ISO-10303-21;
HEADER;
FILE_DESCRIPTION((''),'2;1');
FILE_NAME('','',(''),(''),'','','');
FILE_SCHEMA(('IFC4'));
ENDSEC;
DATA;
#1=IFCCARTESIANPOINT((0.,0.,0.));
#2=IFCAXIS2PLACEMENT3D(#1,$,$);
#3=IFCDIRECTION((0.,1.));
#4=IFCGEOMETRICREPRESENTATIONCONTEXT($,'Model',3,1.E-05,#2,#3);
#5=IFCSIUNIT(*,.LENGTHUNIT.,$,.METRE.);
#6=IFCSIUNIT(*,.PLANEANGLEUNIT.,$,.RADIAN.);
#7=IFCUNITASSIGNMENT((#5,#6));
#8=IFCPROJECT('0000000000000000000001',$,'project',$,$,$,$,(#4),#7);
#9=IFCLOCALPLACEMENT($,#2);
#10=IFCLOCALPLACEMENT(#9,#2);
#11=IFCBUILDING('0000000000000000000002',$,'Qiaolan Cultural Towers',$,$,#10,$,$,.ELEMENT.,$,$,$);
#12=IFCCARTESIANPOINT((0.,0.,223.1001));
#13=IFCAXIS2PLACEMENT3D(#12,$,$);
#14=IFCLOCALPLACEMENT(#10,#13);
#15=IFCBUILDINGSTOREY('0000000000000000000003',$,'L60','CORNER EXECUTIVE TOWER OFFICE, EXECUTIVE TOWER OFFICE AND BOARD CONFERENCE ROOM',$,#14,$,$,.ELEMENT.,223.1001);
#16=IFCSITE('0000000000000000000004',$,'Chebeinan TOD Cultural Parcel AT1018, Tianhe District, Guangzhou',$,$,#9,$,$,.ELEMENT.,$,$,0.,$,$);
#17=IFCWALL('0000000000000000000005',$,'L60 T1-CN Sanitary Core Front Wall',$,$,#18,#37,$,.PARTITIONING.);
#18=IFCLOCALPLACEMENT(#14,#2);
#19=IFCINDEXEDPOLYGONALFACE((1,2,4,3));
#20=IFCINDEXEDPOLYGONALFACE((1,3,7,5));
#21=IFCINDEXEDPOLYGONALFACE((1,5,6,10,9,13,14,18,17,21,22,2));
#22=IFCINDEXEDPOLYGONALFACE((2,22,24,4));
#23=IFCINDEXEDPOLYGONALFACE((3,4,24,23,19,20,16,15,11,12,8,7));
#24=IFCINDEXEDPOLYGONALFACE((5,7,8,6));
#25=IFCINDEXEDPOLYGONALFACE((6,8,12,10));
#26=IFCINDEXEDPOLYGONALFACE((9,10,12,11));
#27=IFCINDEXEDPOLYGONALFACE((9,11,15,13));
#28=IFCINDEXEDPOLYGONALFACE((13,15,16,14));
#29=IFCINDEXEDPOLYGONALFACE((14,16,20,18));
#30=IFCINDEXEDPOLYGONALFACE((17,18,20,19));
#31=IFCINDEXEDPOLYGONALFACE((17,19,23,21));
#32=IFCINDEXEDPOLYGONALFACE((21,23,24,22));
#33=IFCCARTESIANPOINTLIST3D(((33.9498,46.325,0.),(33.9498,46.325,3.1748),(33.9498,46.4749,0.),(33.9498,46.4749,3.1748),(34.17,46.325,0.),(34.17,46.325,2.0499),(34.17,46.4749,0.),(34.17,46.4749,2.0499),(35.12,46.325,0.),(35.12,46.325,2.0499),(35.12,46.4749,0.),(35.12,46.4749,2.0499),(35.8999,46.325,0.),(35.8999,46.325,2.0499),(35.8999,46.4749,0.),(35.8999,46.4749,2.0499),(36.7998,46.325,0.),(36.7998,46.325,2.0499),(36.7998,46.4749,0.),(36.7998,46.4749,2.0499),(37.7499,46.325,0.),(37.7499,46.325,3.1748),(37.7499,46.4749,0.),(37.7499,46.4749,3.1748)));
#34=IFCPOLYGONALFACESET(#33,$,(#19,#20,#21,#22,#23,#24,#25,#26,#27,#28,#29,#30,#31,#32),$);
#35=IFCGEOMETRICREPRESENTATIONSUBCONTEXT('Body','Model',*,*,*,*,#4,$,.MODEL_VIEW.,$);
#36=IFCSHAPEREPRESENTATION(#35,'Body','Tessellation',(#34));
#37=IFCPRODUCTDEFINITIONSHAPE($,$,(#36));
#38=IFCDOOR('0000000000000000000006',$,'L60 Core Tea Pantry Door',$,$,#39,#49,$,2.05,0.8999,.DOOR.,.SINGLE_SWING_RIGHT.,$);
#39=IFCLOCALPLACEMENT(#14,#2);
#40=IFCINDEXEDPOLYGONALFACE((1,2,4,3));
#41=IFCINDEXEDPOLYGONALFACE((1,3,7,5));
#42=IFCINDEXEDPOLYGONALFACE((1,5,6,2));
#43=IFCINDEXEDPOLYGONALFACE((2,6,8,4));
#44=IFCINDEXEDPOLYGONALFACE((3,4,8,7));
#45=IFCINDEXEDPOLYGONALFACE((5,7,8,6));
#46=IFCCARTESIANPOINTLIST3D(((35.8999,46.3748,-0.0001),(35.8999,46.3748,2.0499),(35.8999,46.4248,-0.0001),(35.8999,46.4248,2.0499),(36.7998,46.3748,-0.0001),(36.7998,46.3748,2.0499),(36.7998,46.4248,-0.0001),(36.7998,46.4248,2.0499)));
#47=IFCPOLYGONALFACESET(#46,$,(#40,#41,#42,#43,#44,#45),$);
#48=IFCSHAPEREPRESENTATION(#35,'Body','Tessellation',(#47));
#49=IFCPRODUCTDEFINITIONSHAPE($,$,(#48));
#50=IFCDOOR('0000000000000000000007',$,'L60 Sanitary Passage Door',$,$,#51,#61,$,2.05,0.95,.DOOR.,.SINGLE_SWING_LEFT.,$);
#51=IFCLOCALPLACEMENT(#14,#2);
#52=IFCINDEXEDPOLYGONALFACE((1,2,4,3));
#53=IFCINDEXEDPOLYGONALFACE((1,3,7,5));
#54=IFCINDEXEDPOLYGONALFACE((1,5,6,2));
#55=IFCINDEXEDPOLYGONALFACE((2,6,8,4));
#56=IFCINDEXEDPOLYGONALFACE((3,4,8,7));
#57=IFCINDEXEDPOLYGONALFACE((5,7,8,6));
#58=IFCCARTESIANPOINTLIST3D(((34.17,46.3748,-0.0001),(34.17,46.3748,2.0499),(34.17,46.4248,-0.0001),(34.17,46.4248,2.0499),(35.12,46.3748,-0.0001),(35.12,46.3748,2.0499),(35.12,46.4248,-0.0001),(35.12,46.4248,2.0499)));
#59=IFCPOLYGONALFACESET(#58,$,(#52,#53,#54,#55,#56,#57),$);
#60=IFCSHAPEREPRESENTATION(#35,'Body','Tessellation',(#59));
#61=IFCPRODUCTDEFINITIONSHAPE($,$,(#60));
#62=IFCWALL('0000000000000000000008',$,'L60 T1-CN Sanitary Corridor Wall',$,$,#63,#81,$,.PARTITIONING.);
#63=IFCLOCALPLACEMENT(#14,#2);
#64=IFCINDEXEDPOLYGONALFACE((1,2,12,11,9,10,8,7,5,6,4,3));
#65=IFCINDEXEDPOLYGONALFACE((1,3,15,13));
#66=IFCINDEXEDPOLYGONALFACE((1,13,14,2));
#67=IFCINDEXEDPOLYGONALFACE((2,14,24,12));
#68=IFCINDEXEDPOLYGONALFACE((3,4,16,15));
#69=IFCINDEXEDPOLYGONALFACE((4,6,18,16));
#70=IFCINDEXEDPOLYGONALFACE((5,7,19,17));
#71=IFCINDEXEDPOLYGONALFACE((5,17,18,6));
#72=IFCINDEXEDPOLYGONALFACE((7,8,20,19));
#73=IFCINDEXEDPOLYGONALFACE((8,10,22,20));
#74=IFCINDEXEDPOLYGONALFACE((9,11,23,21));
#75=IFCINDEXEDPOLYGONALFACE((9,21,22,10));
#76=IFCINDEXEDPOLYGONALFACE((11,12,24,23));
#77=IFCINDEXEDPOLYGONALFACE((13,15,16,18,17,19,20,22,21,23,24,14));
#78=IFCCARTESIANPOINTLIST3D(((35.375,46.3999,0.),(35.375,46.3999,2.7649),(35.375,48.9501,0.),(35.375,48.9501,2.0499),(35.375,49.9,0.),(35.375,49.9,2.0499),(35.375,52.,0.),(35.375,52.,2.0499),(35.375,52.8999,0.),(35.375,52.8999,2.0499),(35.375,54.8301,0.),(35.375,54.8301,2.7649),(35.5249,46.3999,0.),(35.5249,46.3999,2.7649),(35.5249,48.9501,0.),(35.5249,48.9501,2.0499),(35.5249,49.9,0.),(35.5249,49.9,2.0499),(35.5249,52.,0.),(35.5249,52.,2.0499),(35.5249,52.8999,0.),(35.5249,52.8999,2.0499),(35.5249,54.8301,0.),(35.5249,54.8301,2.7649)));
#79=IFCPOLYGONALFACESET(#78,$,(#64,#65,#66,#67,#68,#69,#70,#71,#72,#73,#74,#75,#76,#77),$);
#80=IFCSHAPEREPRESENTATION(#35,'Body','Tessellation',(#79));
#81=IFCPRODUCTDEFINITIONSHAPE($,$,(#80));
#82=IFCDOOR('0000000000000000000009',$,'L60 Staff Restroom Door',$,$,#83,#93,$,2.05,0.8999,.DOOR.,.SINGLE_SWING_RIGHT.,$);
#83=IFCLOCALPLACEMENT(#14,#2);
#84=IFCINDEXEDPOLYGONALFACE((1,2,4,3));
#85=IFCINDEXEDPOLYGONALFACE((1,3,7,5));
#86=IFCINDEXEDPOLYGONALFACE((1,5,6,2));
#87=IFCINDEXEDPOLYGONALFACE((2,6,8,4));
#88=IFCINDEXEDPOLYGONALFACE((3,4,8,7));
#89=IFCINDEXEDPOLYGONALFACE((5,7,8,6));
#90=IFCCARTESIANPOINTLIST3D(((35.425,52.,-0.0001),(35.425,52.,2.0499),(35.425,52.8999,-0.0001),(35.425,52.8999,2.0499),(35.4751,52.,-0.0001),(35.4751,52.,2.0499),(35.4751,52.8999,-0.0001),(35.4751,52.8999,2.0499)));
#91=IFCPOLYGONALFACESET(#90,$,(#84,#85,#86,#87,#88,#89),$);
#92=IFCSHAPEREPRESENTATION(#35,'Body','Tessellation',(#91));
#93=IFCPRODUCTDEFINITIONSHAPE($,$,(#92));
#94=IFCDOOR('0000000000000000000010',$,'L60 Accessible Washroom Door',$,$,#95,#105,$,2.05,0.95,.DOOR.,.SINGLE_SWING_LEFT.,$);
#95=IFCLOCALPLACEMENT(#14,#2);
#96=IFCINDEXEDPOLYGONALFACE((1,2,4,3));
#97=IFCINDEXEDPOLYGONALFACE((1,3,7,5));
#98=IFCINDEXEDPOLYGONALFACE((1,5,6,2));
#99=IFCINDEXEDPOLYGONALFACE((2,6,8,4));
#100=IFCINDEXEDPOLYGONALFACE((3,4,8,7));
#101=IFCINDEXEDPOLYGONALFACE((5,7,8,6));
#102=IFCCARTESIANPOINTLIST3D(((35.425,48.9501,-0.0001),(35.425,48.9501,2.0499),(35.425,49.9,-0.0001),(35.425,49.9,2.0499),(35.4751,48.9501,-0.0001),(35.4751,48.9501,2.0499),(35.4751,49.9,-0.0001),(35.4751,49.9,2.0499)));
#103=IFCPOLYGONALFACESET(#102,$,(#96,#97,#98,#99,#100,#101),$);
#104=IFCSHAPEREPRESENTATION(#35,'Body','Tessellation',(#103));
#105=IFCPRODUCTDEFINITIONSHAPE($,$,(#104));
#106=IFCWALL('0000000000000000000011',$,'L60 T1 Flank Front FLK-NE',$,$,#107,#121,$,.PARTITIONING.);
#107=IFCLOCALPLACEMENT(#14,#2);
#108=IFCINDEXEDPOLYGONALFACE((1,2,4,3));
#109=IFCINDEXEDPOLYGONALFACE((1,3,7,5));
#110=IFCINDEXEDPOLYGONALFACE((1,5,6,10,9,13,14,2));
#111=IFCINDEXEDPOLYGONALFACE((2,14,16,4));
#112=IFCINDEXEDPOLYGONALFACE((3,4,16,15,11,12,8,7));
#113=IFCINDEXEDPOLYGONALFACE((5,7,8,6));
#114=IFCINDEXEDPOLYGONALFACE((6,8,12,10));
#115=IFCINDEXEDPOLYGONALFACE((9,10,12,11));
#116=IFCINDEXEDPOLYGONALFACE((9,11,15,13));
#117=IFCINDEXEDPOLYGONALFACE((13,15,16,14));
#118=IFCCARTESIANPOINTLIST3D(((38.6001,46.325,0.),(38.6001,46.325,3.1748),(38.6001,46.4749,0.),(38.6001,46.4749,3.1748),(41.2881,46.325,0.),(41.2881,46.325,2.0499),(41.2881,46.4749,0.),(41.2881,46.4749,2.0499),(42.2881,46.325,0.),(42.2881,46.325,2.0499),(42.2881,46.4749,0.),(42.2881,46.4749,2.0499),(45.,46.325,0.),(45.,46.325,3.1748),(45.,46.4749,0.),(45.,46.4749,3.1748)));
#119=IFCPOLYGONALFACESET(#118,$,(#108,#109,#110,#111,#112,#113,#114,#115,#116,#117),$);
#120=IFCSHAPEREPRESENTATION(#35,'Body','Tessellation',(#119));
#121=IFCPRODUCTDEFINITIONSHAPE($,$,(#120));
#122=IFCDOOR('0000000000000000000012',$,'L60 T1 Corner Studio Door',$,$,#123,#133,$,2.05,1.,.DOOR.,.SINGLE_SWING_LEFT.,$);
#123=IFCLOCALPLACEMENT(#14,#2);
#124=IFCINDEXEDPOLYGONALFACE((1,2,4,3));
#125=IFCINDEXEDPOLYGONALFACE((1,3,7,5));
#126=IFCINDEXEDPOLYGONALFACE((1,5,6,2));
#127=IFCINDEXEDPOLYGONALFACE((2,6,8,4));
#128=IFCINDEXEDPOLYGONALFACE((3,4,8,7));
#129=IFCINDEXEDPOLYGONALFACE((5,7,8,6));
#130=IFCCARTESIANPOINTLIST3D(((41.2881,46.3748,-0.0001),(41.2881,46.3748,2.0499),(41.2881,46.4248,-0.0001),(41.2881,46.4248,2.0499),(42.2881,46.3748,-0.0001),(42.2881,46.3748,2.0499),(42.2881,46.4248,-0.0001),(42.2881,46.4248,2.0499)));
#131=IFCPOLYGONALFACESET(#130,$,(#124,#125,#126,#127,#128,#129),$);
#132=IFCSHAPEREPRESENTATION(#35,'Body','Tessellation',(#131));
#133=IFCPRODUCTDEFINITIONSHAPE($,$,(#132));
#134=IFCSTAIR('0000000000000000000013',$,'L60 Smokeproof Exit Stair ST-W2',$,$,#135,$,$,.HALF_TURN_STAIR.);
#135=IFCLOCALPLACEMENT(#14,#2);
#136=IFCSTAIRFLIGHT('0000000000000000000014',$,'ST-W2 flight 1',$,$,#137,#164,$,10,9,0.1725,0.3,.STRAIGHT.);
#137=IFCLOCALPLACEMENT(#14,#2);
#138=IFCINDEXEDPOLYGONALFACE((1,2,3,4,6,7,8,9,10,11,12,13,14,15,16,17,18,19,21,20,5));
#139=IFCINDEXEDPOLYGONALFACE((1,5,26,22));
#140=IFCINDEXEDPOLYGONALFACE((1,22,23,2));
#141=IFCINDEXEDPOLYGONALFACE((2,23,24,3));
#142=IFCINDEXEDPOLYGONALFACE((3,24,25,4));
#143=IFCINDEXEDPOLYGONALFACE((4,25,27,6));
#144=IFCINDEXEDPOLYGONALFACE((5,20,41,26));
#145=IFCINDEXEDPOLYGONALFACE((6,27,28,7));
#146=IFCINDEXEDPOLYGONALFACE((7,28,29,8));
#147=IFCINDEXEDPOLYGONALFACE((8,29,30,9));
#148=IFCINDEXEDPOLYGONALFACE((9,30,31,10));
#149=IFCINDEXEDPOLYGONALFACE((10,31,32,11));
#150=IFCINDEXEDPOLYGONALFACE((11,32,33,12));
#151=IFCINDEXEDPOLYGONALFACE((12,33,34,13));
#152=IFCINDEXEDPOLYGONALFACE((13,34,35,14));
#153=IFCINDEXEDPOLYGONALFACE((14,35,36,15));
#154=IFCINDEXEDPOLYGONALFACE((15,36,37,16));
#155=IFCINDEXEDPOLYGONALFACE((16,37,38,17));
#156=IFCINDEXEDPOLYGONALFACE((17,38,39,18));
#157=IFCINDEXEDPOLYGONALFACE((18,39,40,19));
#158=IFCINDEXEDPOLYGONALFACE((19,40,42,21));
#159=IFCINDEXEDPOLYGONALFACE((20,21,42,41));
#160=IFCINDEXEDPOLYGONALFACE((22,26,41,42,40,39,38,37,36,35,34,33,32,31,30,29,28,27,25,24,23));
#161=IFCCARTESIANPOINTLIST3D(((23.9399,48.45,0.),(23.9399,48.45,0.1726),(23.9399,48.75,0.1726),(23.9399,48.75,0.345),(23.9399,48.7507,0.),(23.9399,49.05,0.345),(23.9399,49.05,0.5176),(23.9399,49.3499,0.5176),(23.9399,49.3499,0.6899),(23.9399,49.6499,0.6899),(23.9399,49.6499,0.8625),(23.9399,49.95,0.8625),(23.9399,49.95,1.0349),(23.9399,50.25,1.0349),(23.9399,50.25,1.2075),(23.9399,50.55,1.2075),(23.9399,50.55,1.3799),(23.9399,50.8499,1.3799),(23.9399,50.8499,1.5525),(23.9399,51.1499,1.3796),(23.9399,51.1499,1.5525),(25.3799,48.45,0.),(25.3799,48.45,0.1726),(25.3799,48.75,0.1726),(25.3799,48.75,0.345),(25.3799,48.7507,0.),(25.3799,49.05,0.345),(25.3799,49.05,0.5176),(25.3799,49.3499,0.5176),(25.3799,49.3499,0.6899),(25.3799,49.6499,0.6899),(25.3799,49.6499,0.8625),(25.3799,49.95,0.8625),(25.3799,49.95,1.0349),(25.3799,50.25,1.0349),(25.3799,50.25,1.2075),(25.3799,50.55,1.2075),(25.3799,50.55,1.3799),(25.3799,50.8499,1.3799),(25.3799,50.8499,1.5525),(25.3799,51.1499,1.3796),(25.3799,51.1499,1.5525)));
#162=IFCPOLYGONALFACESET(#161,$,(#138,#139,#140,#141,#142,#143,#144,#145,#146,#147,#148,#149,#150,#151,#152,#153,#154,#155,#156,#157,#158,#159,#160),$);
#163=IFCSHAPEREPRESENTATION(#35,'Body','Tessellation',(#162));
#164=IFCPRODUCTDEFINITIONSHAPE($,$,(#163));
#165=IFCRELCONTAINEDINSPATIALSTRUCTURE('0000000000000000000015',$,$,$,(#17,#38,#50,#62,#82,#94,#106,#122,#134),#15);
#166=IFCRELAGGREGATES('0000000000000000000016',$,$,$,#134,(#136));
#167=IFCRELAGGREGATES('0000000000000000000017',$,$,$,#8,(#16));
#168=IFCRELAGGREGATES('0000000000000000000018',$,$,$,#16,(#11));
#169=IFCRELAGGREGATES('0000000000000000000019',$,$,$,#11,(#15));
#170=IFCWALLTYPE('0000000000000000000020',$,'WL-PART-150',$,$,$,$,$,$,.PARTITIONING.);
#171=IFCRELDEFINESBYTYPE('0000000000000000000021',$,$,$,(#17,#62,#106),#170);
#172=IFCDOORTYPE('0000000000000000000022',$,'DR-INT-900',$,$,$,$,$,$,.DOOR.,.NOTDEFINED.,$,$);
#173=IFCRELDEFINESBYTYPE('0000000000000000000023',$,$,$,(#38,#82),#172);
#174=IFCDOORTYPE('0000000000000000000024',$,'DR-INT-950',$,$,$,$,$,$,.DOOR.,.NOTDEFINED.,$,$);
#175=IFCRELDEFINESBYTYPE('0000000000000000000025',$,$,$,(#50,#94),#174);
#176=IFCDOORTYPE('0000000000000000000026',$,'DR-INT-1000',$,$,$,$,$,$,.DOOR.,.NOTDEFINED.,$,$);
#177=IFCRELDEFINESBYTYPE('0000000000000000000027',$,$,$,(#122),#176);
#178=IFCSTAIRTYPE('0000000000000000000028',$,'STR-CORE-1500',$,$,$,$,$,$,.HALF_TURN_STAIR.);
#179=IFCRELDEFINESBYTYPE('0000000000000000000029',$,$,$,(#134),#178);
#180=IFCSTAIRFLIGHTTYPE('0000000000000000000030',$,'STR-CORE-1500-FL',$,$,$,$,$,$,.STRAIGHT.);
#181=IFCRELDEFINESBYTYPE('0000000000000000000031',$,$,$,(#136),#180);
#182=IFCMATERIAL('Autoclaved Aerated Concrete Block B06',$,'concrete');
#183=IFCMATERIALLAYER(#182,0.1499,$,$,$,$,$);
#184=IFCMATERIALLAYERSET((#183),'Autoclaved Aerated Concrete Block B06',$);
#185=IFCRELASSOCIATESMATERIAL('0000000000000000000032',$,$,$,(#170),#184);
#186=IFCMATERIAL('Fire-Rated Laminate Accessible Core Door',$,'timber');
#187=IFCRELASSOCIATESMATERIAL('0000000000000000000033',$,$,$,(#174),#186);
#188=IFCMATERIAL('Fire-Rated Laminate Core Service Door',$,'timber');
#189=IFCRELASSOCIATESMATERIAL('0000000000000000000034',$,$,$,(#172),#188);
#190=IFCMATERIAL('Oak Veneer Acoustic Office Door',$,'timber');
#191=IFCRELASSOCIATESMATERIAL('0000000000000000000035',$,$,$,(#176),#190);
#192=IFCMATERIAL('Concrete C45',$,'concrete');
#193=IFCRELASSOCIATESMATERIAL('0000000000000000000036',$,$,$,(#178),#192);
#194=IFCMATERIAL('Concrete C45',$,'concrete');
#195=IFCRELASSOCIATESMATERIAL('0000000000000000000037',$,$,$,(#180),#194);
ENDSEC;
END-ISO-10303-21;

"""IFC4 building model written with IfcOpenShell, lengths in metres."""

from ifc_helpers import new_model, si_unit, direction, frame, frame_2d, origin, place, context, subcontext, project, spatial, polyline, rectangle, outline, extrude, material, layer, layer_set, type_object, element, fill, aggregate, save


model = new_model("IFC4")

# Units and contexts
model_context = context("Model", 3, precision=1e-05, world=origin(), true_north=direction((0.0, 1.0)))
body_context = subcontext(model_context, "Body", "Model", "MODEL_VIEW")
ifc_project = project(units=[si_unit("LENGTHUNIT", "METRE"), si_unit("PLANEANGLEUNIT", "RADIAN")], contexts=[model_context])

# Site, building, storey
site_placement = place(None, origin())
site = spatial("IfcSite", under=ifc_project, at=site_placement, Name="Chebeinan TOD Cultural Parcel AT1018, Tianhe District, Guangzhou", CompositionType="ELEMENT", RefElevation=0.0)
building_placement = place(site_placement, origin())
building = spatial("IfcBuilding", under=site, at=building_placement, Name="Qiaolan Cultural Towers", CompositionType="ELEMENT")
storey_placement = place(building_placement, frame((0.0, 0.0, 223.1001)))
storey = spatial("IfcBuildingStorey", under=building, at=storey_placement, Name="L60", Description="CORNER EXECUTIVE TOWER OFFICE, EXECUTIVE TOWER OFFICE AND BOARD CONFERENCE ROOM", CompositionType="ELEMENT", Elevation=223.1001)

# Walls, openings, doors
ifc_material_1 = material(Name="Autoclaved Aerated Concrete Block B06", Category="concrete")
ifc_layer_1 = layer(ifc_material_1, 0.1499)
ifc_layer_set_1 = layer_set([ifc_layer_1], Name="Autoclaved Aerated Concrete Block B06")
wall_type_1 = type_object("IfcWallType", Name="WL-PART-150", PredefinedType="PARTITIONING", material=ifc_layer_set_1)
ifc_material_2 = material(Name="Fire-Rated Laminate Accessible Core Door", Category="timber")
door_type_1 = type_object("IfcDoorType", Name="DR-INT-950", OperationType="NOTDEFINED", PredefinedType="DOOR", material=ifc_material_2)
wall_1_placement = place(storey_placement, frame((33.95, 46.3999, 0.0), z_axis=(0.0, 0.0, 1.0), x_axis=(1.0, 0.0, 0.0)))
wall_1 = element("IfcWall", 1, at=wall_1_placement, inside=storey, type_object=wall_type_1, Name="L60 T1-CN Sanitary Core Front Wall", PredefinedType="PARTITIONING", context=body_context, shape_type="SweptSolid", body=[
    extrude(rectangle(XDim=3.8, YDim=0.1499, at=frame_2d((1.8999, 0.0))), origin(), (0.0, 0.0, 1.0), 3.1748),
])
opening_1_placement = place(wall_1_placement, frame((0.22, 0.0, 0.0)))
opening_1 = element("IfcOpeningElement", 2, at=opening_1_placement, cuts=wall_1, PredefinedType="OPENING", context=body_context, shape_type="SweptSolid", body=[
    extrude(rectangle(XDim=0.95, YDim=2.05, at=frame_2d((0.4751, 1.0249))), frame((0.0, 0.085, 0.0), z_axis=(0.0, -1.0, 0.0), x_axis=(1.0, 0.0, 0.0)), (0.0, 0.0, 1.0), 0.1699),
])
opening_2_placement = place(wall_1_placement, frame((1.95, 0.0, 0.0)))
opening_2 = element("IfcOpeningElement", 3, at=opening_2_placement, cuts=wall_1, PredefinedType="OPENING", context=body_context, shape_type="SweptSolid", body=[
    extrude(rectangle(XDim=0.8999, YDim=2.05, at=frame_2d((0.45, 1.0249))), frame((0.0, 0.085, 0.0), z_axis=(0.0, -1.0, 0.0), x_axis=(1.0, 0.0, 0.0)), (0.0, 0.0, 1.0), 0.1699),
])
ifc_material_3 = material(Name="Fire-Rated Laminate Core Service Door", Category="timber")
door_type_2 = type_object("IfcDoorType", Name="DR-INT-900", OperationType="NOTDEFINED", PredefinedType="DOOR", material=ifc_material_3)
door_1_placement = place(opening_2_placement, origin())
door_1 = element("IfcDoor", 4, at=door_1_placement, inside=storey, type_object=door_type_2, Name="L60 Core Tea Pantry Door", OperationType="SINGLE_SWING_RIGHT", OverallHeight=2.05, OverallWidth=0.8999, PredefinedType="DOOR", context=body_context, shape_type="SweptSolid", body=[
    extrude(rectangle(XDim=0.8999, YDim=2.05, at=frame_2d((0.45, 1.0249))), frame((0.0, 0.0249, 0.0), z_axis=(0.0, -1.0, 0.0), x_axis=(1.0, 0.0, 0.0)), (0.0, 0.0, 1.0), 0.05),
])
fill(opening_2, door_1)
door_2_placement = place(opening_1_placement, origin())
door_2 = element("IfcDoor", 5, at=door_2_placement, inside=storey, type_object=door_type_1, Name="L60 Sanitary Passage Door", OperationType="SINGLE_SWING_LEFT", OverallHeight=2.05, OverallWidth=0.95, PredefinedType="DOOR", context=body_context, shape_type="SweptSolid", body=[
    extrude(rectangle(XDim=0.95, YDim=2.05, at=frame_2d((0.4751, 1.0249))), frame((0.0, 0.0249, 0.0), z_axis=(0.0, -1.0, 0.0), x_axis=(1.0, 0.0, 0.0)), (0.0, 0.0, 1.0), 0.05),
])
fill(opening_1, door_2)
wall_2_placement = place(storey_placement, frame((35.45, 46.3999, 0.0), z_axis=(0.0, 0.0, 1.0), x_axis=(0.0, 1.0, 0.0)))
wall_2 = element("IfcWall", 6, at=wall_2_placement, inside=storey, type_object=wall_type_1, Name="L60 T1-CN Sanitary Corridor Wall", PredefinedType="PARTITIONING", context=body_context, shape_type="SweptSolid", body=[
    extrude(rectangle(XDim=8.4302, YDim=0.1499, at=frame_2d((4.2151, 0.0))), origin(), (0.0, 0.0, 1.0), 2.7649),
])
opening_3_placement = place(wall_2_placement, frame((2.55, 0.0, 0.0)))
opening_3 = element("IfcOpeningElement", 7, at=opening_3_placement, cuts=wall_2, PredefinedType="OPENING", context=body_context, shape_type="SweptSolid", body=[
    extrude(rectangle(XDim=0.95, YDim=2.05, at=frame_2d((0.4751, 1.0249))), frame((0.0, 0.085, 0.0), z_axis=(0.0, -1.0, 0.0), x_axis=(1.0, 0.0, 0.0)), (0.0, 0.0, 1.0), 0.1699),
])
opening_4_placement = place(wall_2_placement, frame((5.6001, 0.0, 0.0)))
opening_4 = element("IfcOpeningElement", 8, at=opening_4_placement, cuts=wall_2, PredefinedType="OPENING", context=body_context, shape_type="SweptSolid", body=[
    extrude(rectangle(XDim=0.8999, YDim=2.05, at=frame_2d((0.45, 1.0249))), frame((0.0, 0.085, 0.0), z_axis=(0.0, -1.0, 0.0), x_axis=(1.0, 0.0, 0.0)), (0.0, 0.0, 1.0), 0.1699),
])
door_3_placement = place(opening_4_placement, origin())
door_3 = element("IfcDoor", 9, at=door_3_placement, inside=storey, type_object=door_type_2, Name="L60 Staff Restroom Door", OperationType="SINGLE_SWING_RIGHT", OverallHeight=2.05, OverallWidth=0.8999, PredefinedType="DOOR", context=body_context, shape_type="SweptSolid", body=[
    extrude(rectangle(XDim=0.8999, YDim=2.05, at=frame_2d((0.45, 1.0249))), frame((0.0, 0.0249, 0.0), z_axis=(0.0, -1.0, 0.0), x_axis=(1.0, 0.0, 0.0)), (0.0, 0.0, 1.0), 0.05),
])
fill(opening_4, door_3)
door_4_placement = place(opening_3_placement, origin())
door_4 = element("IfcDoor", 10, at=door_4_placement, inside=storey, type_object=door_type_1, Name="L60 Accessible Washroom Door", OperationType="SINGLE_SWING_LEFT", OverallHeight=2.05, OverallWidth=0.95, PredefinedType="DOOR", context=body_context, shape_type="SweptSolid", body=[
    extrude(rectangle(XDim=0.95, YDim=2.05, at=frame_2d((0.4751, 1.0249))), frame((0.0, 0.0249, 0.0), z_axis=(0.0, -1.0, 0.0), x_axis=(1.0, 0.0, 0.0)), (0.0, 0.0, 1.0), 0.05),
])
fill(opening_3, door_4)

# Wall, opening, door
wall_3_placement = place(storey_placement, frame((38.6001, 46.3999, 0.0), z_axis=(0.0, 0.0, 1.0), x_axis=(1.0, 0.0, 0.0)))
wall_3 = element("IfcWall", 11, at=wall_3_placement, inside=storey, type_object=wall_type_1, Name="L60 T1 Flank Front FLK-NE", PredefinedType="PARTITIONING", context=body_context, shape_type="SweptSolid", body=[
    extrude(rectangle(XDim=6.3999, YDim=0.1499, at=frame_2d((3.2, 0.0))), origin(), (0.0, 0.0, 1.0), 3.1748),
])
opening_5_placement = place(wall_3_placement, frame((2.688, 0.0, 0.0)))
opening_5 = element("IfcOpeningElement", 12, at=opening_5_placement, cuts=wall_3, PredefinedType="OPENING", context=body_context, shape_type="SweptSolid", body=[
    extrude(rectangle(XDim=1.0, YDim=2.05, at=frame_2d((0.5, 1.0249))), frame((0.0, 0.085, 0.0), z_axis=(0.0, -1.0, 0.0), x_axis=(1.0, 0.0, 0.0)), (0.0, 0.0, 1.0), 0.1699),
])
ifc_material_4 = material(Name="Oak Veneer Acoustic Office Door", Category="timber")
door_type_3 = type_object("IfcDoorType", Name="DR-INT-1000", OperationType="NOTDEFINED", PredefinedType="DOOR", material=ifc_material_4)
door_5_placement = place(opening_5_placement, origin())
door_5 = element("IfcDoor", 13, at=door_5_placement, inside=storey, type_object=door_type_3, Name="L60 T1 Corner Studio Door", OperationType="SINGLE_SWING_LEFT", OverallHeight=2.05, OverallWidth=1.0, PredefinedType="DOOR", context=body_context, shape_type="SweptSolid", body=[
    extrude(rectangle(XDim=1.0, YDim=2.05, at=frame_2d((0.5, 1.0249))), frame((0.0, 0.0249, 0.0), z_axis=(0.0, -1.0, 0.0), x_axis=(1.0, 0.0, 0.0)), (0.0, 0.0, 1.0), 0.05),
])
fill(opening_5, door_5)

# Stair, stair flight
ifc_material_5 = material(Name="Concrete C45", Category="concrete")
stair_type = type_object("IfcStairType", Name="STR-CORE-1500", PredefinedType="HALF_TURN_STAIR", material=ifc_material_5)
stair_placement = place(storey_placement, origin())
stair = element("IfcStair", 14, at=stair_placement, inside=storey, type_object=stair_type, Name="L60 Smokeproof Exit Stair ST-W2", PredefinedType="HALF_TURN_STAIR")
ifc_material_6 = material(Name="Concrete C45", Category="concrete")
stair_flight_type = type_object("IfcStairFlightType", Name="STR-CORE-1500-FL", PredefinedType="STRAIGHT", material=ifc_material_6)
stair_flight_placement = place(storey_placement, frame((24.6599, 48.45, 0.0), z_axis=(0.0, 0.0, 1.0), x_axis=(0.0, 1.0, 0.0)))
stair_flight = element("IfcStairFlight", 15, at=stair_flight_placement, type_object=stair_flight_type, Name="ST-W2 flight 1", NumberOfRisers=10, NumberOfTreads=9, PredefinedType="STRAIGHT", RiserHeight=0.1725, TreadLength=0.3, context=body_context, shape_type="SweptSolid", body=[
    extrude(outline(polyline([(0.0, 0.0), (0.0, 0.1726), (0.3, 0.1726), (0.3, 0.345), (0.6001, 0.345), (0.6001, 0.5176), (0.8999, 0.5176), (0.8999, 0.6899), (1.2, 0.6899), (1.2, 0.8625), (1.5, 0.8625), (1.5, 1.0349), (1.8, 1.0349), (1.8, 1.2075), (2.1001, 1.2075), (2.1001, 1.3799), (2.3999, 1.3799), (2.3999, 1.5525), (2.7, 1.5525), (2.7, 1.7251), (2.7, 1.3796), (0.3008, 0.0), (0.0, 0.0)])), frame((0.0, 0.72, 0.0), z_axis=(0.0, -1.0, 0.0), x_axis=(1.0, 0.0, 0.0)), (0.0, 0.0, 1.0), 1.4399),
])
aggregate(stair, [stair_flight])

save(model, "model.ifc")
